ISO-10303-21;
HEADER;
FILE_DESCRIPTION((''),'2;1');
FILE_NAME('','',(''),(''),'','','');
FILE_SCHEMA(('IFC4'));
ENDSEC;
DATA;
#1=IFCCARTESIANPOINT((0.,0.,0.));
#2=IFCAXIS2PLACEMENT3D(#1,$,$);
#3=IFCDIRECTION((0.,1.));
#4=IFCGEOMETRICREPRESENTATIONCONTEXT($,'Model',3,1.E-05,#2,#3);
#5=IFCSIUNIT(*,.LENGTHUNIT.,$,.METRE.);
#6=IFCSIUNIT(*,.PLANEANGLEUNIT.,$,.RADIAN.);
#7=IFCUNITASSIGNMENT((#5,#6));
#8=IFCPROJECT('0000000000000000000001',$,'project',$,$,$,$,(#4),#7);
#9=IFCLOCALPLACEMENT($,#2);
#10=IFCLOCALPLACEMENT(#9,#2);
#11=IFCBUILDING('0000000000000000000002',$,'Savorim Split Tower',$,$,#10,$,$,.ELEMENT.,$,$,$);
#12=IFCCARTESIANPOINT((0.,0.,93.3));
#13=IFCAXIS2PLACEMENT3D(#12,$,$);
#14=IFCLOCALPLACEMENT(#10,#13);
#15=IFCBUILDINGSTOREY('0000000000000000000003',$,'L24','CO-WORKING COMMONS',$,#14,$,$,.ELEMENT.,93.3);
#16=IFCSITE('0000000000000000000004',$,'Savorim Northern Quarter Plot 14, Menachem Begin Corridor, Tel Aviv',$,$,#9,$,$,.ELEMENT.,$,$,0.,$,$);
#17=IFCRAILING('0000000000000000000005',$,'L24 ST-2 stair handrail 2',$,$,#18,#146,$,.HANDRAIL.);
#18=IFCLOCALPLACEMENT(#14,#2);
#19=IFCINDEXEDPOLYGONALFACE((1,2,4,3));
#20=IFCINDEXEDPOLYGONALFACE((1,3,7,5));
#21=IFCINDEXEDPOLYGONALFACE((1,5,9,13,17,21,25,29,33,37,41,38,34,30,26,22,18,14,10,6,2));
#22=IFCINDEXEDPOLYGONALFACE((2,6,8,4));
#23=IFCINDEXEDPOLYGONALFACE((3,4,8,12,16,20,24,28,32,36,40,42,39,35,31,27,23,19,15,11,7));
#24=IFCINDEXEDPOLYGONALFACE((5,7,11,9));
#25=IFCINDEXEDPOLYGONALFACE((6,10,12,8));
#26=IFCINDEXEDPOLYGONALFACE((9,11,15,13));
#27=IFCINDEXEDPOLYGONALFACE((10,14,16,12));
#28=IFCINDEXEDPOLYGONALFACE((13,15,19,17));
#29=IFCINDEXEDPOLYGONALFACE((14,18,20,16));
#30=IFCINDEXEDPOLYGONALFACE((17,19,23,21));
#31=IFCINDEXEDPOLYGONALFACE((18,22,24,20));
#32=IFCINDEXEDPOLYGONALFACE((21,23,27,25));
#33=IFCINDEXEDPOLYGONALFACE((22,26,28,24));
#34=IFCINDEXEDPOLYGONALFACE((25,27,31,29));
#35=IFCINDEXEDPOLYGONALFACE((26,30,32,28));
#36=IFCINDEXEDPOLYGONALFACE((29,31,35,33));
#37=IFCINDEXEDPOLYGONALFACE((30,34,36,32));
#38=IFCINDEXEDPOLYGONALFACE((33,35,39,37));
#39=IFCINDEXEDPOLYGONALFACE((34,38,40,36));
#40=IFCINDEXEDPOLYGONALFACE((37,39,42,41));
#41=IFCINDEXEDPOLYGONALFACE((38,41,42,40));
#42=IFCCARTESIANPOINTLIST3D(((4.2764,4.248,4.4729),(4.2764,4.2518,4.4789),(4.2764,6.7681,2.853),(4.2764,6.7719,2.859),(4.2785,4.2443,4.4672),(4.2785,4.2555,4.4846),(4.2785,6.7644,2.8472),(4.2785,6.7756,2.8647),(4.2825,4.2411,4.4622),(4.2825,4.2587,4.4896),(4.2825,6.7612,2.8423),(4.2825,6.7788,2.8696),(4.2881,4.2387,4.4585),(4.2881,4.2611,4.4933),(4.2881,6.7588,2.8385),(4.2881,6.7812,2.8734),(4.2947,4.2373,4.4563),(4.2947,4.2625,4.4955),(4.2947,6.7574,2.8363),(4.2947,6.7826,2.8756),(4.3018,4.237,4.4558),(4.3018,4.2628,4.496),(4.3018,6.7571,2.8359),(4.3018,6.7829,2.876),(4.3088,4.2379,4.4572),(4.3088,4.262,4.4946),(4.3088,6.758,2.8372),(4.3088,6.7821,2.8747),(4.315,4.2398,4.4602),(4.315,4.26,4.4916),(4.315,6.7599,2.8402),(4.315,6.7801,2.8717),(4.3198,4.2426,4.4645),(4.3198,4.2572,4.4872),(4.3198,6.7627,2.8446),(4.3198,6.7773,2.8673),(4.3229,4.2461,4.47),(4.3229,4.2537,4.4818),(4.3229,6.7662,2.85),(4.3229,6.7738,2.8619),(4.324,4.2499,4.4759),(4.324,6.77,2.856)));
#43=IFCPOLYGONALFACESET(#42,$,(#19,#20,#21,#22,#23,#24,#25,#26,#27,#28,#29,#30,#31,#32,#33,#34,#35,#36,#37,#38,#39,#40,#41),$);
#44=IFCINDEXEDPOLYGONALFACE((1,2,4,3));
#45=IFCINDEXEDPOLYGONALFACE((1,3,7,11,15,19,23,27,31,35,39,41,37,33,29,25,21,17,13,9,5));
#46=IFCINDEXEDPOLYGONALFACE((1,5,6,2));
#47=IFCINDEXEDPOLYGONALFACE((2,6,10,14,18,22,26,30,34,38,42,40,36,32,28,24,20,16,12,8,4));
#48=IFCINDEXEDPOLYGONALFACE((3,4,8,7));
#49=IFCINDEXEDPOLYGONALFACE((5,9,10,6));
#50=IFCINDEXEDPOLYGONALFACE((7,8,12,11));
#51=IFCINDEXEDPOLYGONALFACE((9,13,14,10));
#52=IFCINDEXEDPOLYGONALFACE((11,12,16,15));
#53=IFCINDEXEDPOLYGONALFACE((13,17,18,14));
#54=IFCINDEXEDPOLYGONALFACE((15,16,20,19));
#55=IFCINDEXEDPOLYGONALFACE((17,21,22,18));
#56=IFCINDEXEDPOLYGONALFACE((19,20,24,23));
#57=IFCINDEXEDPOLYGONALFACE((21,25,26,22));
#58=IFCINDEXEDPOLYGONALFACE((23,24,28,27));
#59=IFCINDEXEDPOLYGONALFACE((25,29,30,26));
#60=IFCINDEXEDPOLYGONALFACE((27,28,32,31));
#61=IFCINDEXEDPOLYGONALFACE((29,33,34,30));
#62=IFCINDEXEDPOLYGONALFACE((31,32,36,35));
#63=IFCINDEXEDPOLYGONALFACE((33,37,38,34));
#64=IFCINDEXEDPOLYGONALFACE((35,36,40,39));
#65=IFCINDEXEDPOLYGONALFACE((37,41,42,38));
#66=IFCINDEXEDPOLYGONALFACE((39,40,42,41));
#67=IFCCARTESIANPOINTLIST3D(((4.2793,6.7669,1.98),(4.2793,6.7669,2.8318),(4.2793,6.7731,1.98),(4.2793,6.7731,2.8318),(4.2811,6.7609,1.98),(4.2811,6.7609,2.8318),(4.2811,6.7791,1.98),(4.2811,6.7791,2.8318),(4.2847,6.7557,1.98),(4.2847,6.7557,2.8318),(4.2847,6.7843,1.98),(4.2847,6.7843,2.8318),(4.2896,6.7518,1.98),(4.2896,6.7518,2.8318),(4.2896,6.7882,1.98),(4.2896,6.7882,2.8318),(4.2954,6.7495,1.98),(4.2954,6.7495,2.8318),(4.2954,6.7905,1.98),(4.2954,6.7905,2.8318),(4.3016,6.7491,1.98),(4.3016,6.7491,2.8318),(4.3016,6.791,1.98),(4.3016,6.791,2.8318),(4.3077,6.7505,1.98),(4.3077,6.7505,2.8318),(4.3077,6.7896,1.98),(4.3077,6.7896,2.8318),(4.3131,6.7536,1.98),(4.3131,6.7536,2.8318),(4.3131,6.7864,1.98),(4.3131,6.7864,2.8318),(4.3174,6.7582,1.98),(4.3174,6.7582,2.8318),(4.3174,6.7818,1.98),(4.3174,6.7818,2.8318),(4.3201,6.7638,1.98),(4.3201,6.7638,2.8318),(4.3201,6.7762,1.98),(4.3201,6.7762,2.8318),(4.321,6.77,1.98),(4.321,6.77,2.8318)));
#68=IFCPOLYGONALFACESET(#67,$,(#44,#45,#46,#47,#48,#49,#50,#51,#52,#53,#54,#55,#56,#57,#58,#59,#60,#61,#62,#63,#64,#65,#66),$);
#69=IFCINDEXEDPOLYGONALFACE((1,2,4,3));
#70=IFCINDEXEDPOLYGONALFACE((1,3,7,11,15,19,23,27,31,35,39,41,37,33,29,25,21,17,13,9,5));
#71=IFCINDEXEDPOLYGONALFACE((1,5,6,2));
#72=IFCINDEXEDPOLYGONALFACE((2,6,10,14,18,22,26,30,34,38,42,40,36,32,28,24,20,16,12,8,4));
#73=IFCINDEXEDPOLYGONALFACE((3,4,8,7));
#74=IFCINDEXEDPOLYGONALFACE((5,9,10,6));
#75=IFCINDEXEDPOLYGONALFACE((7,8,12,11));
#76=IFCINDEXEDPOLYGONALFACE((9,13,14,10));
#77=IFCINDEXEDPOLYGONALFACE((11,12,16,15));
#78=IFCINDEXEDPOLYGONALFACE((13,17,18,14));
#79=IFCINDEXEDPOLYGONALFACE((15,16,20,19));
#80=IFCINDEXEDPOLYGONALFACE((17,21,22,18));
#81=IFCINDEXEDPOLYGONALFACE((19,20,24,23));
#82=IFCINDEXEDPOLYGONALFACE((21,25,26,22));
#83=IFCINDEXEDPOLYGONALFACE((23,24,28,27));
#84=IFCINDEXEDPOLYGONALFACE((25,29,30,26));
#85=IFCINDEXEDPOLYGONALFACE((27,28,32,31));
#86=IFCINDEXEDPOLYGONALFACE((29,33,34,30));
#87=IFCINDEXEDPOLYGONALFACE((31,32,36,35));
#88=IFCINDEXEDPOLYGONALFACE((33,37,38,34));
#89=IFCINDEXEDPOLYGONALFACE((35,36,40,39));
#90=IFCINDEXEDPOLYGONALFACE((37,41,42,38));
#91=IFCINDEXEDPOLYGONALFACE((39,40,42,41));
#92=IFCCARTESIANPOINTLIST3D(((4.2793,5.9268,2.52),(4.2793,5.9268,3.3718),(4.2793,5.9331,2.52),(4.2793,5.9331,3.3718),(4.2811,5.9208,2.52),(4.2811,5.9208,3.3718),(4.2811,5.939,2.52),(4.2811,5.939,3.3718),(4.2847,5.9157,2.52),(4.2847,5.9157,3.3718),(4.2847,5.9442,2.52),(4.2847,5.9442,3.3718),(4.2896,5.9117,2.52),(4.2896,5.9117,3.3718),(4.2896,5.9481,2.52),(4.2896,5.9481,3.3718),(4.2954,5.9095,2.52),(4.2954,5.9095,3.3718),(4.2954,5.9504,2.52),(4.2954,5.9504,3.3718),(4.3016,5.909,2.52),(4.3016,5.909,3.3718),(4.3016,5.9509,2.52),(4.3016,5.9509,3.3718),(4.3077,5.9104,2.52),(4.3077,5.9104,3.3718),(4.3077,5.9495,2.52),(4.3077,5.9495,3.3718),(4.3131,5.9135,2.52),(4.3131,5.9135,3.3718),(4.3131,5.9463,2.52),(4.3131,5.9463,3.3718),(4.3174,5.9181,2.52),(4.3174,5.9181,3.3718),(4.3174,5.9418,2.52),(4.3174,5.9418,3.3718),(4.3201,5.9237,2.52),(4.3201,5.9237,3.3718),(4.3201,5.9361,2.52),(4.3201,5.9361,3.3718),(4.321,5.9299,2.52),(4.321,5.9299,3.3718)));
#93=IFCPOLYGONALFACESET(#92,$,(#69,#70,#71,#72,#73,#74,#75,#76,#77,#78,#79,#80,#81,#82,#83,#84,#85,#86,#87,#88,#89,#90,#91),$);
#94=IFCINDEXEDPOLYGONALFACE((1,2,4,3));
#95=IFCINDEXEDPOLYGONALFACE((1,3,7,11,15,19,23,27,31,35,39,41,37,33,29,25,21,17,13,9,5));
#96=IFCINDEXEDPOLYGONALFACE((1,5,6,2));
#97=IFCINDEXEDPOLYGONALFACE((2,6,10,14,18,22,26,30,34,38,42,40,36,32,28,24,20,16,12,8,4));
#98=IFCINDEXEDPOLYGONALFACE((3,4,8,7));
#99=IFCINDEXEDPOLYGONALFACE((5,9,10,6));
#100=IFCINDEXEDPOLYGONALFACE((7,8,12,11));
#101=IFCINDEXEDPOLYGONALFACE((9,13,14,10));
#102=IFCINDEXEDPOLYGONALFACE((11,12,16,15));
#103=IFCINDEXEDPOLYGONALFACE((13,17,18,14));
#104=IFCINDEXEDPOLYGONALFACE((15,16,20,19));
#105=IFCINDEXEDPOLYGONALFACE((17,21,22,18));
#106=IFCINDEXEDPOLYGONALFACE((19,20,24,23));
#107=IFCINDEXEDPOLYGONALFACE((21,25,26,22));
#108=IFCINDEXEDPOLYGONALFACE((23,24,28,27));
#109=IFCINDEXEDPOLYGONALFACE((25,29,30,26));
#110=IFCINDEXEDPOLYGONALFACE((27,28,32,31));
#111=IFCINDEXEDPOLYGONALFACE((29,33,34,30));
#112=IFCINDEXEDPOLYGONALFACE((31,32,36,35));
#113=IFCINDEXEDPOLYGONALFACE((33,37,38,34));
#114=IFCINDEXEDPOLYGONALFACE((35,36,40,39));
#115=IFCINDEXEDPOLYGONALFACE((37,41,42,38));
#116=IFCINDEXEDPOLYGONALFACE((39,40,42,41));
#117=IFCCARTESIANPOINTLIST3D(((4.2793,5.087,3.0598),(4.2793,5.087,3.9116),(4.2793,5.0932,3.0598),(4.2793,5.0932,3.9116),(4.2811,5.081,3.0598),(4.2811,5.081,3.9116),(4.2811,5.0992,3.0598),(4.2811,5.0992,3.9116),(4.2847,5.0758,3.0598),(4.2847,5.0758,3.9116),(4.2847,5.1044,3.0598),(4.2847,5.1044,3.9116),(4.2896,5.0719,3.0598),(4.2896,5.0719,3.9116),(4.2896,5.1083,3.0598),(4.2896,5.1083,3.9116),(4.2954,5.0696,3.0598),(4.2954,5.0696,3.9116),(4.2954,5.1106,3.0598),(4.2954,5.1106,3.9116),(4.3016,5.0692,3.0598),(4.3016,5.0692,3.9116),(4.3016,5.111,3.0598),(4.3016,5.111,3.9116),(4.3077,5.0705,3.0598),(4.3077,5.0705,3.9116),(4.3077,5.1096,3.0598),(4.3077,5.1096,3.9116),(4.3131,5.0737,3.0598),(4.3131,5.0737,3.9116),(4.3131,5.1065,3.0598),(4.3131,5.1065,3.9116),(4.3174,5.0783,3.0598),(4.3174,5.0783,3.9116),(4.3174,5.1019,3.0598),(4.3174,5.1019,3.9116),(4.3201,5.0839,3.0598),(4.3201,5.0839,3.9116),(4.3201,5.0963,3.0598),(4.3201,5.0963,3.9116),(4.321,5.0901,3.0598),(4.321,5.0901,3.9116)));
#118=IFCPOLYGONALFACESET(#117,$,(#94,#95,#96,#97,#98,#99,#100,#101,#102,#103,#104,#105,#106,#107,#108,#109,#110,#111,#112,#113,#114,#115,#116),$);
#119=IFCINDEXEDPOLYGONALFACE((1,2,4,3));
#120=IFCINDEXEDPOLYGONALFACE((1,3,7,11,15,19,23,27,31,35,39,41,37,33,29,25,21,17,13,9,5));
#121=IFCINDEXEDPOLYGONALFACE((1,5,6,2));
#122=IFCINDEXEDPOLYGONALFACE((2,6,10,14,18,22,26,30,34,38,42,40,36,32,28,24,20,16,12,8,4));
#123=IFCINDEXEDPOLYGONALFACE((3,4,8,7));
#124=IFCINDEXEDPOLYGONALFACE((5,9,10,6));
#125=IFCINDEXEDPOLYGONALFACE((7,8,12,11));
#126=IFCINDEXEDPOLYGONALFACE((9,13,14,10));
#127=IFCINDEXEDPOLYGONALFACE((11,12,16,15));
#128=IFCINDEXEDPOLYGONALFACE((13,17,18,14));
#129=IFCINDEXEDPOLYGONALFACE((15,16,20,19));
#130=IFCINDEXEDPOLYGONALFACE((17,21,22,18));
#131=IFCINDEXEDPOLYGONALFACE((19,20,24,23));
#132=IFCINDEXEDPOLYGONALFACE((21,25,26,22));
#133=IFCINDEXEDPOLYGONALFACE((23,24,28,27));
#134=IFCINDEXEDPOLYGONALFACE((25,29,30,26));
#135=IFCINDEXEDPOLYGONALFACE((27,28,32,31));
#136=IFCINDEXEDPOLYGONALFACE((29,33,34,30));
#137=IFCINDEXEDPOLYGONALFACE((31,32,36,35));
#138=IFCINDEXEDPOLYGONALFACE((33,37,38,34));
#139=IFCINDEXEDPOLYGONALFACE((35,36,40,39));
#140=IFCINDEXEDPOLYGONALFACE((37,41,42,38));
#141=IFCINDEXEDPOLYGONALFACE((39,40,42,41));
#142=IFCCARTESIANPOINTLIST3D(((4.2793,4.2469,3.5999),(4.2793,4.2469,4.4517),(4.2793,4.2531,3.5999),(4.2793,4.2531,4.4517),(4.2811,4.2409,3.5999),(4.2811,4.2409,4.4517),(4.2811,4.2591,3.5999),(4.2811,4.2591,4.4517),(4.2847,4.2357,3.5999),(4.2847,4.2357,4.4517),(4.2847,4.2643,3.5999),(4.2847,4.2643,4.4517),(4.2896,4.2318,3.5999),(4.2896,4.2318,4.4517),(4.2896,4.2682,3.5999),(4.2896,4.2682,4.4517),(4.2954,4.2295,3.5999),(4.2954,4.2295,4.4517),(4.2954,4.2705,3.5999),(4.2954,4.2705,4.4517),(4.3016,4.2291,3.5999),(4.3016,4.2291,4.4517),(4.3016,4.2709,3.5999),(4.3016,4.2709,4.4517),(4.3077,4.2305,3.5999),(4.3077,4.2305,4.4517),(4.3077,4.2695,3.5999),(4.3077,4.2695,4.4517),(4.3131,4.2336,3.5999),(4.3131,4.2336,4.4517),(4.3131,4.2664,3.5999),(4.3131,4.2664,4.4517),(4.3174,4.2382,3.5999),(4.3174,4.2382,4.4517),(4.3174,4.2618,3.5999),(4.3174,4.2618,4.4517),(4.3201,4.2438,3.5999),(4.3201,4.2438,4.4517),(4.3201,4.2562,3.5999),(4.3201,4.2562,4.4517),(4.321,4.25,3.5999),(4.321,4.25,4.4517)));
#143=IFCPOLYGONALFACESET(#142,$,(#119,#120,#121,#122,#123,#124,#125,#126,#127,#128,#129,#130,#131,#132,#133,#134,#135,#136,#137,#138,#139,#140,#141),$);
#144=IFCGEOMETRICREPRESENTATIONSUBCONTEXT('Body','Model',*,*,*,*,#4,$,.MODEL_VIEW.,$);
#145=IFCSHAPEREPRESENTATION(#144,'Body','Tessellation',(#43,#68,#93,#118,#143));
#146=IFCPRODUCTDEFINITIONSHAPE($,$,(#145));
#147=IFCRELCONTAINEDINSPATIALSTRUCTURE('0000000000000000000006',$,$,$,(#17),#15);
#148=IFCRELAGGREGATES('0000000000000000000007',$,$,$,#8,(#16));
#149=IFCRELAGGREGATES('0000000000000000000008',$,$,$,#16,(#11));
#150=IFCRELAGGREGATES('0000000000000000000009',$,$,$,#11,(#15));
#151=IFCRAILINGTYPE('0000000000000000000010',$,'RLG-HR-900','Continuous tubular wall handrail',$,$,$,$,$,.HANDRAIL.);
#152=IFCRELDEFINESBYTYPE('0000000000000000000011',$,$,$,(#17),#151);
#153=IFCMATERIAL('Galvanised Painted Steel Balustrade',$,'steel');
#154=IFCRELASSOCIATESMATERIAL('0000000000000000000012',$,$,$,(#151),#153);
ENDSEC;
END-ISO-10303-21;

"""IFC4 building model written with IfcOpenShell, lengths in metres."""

from ifc_helpers import new_model, si_unit, direction, frame, origin, origin_2d, place, context, subcontext, project, spatial, circle, extrude, material, type_object, element, save


model = new_model("IFC4")

# Units and contexts
model_context = context("Model", 3, precision=1e-05, world=origin(), true_north=direction((0.0, 1.0)))
body_context = subcontext(model_context, "Body", "Model", "MODEL_VIEW")
ifc_project = project(units=[si_unit("LENGTHUNIT", "METRE"), si_unit("PLANEANGLEUNIT", "RADIAN")], contexts=[model_context])

# Site, building, storey
site_placement = place(None, origin())
site = spatial("IfcSite", under=ifc_project, at=site_placement, Name="Savorim Northern Quarter Plot 14, Menachem Begin Corridor, Tel Aviv", CompositionType="ELEMENT", RefElevation=0.0)
building_placement = place(site_placement, origin())
building = spatial("IfcBuilding", under=site, at=building_placement, Name="Savorim Split Tower", CompositionType="ELEMENT")
storey_placement = place(building_placement, frame((0.0, 0.0, 93.3)))
storey = spatial("IfcBuildingStorey", under=building, at=storey_placement, Name="L24", Description="CO-WORKING COMMONS", CompositionType="ELEMENT", Elevation=93.3)

# Railing
ifc_material_1 = material(Name="Galvanised Painted Steel Balustrade", Category="steel")
railing_type_1 = type_object("IfcRailingType", Name="RLG-HR-900", Description="Continuous tubular wall handrail", PredefinedType="HANDRAIL", material=ifc_material_1)
railing_1_placement = place(storey_placement, frame((4.3, 6.77, 1.98)))
element("IfcRailing", 1, at=railing_1_placement, inside=storey, type_object=railing_type_1, Name="L24 ST-2 stair handrail 2", PredefinedType="HANDRAIL", context=body_context, shape_type="SweptSolid", body=[
    extrude(circle(Radius=0.0239, at=origin_2d()), frame((0.0, 0.0, 0.876), z_axis=(0.0, -0.8412, 0.540725), x_axis=(1.0, 0.0, 0.0)), (0.0, 0.0, 1.0), 2.9958),
    extrude(circle(Radius=0.021, at=origin_2d()), origin(), (0.0, 0.0, 1.0), 0.8518),
    extrude(circle(Radius=0.021, at=origin_2d()), frame((0.0, -0.8401, 0.54)), (0.0, 0.0, 1.0), 0.8518),
    extrude(circle(Radius=0.021, at=origin_2d()), frame((0.0, -1.6799, 1.0798)), (0.0, 0.0, 1.0), 0.8518),
    extrude(circle(Radius=0.021, at=origin_2d()), frame((0.0, -2.52, 1.6199)), (0.0, 0.0, 1.0), 0.8518),
])

save(model, "model.ifc")
